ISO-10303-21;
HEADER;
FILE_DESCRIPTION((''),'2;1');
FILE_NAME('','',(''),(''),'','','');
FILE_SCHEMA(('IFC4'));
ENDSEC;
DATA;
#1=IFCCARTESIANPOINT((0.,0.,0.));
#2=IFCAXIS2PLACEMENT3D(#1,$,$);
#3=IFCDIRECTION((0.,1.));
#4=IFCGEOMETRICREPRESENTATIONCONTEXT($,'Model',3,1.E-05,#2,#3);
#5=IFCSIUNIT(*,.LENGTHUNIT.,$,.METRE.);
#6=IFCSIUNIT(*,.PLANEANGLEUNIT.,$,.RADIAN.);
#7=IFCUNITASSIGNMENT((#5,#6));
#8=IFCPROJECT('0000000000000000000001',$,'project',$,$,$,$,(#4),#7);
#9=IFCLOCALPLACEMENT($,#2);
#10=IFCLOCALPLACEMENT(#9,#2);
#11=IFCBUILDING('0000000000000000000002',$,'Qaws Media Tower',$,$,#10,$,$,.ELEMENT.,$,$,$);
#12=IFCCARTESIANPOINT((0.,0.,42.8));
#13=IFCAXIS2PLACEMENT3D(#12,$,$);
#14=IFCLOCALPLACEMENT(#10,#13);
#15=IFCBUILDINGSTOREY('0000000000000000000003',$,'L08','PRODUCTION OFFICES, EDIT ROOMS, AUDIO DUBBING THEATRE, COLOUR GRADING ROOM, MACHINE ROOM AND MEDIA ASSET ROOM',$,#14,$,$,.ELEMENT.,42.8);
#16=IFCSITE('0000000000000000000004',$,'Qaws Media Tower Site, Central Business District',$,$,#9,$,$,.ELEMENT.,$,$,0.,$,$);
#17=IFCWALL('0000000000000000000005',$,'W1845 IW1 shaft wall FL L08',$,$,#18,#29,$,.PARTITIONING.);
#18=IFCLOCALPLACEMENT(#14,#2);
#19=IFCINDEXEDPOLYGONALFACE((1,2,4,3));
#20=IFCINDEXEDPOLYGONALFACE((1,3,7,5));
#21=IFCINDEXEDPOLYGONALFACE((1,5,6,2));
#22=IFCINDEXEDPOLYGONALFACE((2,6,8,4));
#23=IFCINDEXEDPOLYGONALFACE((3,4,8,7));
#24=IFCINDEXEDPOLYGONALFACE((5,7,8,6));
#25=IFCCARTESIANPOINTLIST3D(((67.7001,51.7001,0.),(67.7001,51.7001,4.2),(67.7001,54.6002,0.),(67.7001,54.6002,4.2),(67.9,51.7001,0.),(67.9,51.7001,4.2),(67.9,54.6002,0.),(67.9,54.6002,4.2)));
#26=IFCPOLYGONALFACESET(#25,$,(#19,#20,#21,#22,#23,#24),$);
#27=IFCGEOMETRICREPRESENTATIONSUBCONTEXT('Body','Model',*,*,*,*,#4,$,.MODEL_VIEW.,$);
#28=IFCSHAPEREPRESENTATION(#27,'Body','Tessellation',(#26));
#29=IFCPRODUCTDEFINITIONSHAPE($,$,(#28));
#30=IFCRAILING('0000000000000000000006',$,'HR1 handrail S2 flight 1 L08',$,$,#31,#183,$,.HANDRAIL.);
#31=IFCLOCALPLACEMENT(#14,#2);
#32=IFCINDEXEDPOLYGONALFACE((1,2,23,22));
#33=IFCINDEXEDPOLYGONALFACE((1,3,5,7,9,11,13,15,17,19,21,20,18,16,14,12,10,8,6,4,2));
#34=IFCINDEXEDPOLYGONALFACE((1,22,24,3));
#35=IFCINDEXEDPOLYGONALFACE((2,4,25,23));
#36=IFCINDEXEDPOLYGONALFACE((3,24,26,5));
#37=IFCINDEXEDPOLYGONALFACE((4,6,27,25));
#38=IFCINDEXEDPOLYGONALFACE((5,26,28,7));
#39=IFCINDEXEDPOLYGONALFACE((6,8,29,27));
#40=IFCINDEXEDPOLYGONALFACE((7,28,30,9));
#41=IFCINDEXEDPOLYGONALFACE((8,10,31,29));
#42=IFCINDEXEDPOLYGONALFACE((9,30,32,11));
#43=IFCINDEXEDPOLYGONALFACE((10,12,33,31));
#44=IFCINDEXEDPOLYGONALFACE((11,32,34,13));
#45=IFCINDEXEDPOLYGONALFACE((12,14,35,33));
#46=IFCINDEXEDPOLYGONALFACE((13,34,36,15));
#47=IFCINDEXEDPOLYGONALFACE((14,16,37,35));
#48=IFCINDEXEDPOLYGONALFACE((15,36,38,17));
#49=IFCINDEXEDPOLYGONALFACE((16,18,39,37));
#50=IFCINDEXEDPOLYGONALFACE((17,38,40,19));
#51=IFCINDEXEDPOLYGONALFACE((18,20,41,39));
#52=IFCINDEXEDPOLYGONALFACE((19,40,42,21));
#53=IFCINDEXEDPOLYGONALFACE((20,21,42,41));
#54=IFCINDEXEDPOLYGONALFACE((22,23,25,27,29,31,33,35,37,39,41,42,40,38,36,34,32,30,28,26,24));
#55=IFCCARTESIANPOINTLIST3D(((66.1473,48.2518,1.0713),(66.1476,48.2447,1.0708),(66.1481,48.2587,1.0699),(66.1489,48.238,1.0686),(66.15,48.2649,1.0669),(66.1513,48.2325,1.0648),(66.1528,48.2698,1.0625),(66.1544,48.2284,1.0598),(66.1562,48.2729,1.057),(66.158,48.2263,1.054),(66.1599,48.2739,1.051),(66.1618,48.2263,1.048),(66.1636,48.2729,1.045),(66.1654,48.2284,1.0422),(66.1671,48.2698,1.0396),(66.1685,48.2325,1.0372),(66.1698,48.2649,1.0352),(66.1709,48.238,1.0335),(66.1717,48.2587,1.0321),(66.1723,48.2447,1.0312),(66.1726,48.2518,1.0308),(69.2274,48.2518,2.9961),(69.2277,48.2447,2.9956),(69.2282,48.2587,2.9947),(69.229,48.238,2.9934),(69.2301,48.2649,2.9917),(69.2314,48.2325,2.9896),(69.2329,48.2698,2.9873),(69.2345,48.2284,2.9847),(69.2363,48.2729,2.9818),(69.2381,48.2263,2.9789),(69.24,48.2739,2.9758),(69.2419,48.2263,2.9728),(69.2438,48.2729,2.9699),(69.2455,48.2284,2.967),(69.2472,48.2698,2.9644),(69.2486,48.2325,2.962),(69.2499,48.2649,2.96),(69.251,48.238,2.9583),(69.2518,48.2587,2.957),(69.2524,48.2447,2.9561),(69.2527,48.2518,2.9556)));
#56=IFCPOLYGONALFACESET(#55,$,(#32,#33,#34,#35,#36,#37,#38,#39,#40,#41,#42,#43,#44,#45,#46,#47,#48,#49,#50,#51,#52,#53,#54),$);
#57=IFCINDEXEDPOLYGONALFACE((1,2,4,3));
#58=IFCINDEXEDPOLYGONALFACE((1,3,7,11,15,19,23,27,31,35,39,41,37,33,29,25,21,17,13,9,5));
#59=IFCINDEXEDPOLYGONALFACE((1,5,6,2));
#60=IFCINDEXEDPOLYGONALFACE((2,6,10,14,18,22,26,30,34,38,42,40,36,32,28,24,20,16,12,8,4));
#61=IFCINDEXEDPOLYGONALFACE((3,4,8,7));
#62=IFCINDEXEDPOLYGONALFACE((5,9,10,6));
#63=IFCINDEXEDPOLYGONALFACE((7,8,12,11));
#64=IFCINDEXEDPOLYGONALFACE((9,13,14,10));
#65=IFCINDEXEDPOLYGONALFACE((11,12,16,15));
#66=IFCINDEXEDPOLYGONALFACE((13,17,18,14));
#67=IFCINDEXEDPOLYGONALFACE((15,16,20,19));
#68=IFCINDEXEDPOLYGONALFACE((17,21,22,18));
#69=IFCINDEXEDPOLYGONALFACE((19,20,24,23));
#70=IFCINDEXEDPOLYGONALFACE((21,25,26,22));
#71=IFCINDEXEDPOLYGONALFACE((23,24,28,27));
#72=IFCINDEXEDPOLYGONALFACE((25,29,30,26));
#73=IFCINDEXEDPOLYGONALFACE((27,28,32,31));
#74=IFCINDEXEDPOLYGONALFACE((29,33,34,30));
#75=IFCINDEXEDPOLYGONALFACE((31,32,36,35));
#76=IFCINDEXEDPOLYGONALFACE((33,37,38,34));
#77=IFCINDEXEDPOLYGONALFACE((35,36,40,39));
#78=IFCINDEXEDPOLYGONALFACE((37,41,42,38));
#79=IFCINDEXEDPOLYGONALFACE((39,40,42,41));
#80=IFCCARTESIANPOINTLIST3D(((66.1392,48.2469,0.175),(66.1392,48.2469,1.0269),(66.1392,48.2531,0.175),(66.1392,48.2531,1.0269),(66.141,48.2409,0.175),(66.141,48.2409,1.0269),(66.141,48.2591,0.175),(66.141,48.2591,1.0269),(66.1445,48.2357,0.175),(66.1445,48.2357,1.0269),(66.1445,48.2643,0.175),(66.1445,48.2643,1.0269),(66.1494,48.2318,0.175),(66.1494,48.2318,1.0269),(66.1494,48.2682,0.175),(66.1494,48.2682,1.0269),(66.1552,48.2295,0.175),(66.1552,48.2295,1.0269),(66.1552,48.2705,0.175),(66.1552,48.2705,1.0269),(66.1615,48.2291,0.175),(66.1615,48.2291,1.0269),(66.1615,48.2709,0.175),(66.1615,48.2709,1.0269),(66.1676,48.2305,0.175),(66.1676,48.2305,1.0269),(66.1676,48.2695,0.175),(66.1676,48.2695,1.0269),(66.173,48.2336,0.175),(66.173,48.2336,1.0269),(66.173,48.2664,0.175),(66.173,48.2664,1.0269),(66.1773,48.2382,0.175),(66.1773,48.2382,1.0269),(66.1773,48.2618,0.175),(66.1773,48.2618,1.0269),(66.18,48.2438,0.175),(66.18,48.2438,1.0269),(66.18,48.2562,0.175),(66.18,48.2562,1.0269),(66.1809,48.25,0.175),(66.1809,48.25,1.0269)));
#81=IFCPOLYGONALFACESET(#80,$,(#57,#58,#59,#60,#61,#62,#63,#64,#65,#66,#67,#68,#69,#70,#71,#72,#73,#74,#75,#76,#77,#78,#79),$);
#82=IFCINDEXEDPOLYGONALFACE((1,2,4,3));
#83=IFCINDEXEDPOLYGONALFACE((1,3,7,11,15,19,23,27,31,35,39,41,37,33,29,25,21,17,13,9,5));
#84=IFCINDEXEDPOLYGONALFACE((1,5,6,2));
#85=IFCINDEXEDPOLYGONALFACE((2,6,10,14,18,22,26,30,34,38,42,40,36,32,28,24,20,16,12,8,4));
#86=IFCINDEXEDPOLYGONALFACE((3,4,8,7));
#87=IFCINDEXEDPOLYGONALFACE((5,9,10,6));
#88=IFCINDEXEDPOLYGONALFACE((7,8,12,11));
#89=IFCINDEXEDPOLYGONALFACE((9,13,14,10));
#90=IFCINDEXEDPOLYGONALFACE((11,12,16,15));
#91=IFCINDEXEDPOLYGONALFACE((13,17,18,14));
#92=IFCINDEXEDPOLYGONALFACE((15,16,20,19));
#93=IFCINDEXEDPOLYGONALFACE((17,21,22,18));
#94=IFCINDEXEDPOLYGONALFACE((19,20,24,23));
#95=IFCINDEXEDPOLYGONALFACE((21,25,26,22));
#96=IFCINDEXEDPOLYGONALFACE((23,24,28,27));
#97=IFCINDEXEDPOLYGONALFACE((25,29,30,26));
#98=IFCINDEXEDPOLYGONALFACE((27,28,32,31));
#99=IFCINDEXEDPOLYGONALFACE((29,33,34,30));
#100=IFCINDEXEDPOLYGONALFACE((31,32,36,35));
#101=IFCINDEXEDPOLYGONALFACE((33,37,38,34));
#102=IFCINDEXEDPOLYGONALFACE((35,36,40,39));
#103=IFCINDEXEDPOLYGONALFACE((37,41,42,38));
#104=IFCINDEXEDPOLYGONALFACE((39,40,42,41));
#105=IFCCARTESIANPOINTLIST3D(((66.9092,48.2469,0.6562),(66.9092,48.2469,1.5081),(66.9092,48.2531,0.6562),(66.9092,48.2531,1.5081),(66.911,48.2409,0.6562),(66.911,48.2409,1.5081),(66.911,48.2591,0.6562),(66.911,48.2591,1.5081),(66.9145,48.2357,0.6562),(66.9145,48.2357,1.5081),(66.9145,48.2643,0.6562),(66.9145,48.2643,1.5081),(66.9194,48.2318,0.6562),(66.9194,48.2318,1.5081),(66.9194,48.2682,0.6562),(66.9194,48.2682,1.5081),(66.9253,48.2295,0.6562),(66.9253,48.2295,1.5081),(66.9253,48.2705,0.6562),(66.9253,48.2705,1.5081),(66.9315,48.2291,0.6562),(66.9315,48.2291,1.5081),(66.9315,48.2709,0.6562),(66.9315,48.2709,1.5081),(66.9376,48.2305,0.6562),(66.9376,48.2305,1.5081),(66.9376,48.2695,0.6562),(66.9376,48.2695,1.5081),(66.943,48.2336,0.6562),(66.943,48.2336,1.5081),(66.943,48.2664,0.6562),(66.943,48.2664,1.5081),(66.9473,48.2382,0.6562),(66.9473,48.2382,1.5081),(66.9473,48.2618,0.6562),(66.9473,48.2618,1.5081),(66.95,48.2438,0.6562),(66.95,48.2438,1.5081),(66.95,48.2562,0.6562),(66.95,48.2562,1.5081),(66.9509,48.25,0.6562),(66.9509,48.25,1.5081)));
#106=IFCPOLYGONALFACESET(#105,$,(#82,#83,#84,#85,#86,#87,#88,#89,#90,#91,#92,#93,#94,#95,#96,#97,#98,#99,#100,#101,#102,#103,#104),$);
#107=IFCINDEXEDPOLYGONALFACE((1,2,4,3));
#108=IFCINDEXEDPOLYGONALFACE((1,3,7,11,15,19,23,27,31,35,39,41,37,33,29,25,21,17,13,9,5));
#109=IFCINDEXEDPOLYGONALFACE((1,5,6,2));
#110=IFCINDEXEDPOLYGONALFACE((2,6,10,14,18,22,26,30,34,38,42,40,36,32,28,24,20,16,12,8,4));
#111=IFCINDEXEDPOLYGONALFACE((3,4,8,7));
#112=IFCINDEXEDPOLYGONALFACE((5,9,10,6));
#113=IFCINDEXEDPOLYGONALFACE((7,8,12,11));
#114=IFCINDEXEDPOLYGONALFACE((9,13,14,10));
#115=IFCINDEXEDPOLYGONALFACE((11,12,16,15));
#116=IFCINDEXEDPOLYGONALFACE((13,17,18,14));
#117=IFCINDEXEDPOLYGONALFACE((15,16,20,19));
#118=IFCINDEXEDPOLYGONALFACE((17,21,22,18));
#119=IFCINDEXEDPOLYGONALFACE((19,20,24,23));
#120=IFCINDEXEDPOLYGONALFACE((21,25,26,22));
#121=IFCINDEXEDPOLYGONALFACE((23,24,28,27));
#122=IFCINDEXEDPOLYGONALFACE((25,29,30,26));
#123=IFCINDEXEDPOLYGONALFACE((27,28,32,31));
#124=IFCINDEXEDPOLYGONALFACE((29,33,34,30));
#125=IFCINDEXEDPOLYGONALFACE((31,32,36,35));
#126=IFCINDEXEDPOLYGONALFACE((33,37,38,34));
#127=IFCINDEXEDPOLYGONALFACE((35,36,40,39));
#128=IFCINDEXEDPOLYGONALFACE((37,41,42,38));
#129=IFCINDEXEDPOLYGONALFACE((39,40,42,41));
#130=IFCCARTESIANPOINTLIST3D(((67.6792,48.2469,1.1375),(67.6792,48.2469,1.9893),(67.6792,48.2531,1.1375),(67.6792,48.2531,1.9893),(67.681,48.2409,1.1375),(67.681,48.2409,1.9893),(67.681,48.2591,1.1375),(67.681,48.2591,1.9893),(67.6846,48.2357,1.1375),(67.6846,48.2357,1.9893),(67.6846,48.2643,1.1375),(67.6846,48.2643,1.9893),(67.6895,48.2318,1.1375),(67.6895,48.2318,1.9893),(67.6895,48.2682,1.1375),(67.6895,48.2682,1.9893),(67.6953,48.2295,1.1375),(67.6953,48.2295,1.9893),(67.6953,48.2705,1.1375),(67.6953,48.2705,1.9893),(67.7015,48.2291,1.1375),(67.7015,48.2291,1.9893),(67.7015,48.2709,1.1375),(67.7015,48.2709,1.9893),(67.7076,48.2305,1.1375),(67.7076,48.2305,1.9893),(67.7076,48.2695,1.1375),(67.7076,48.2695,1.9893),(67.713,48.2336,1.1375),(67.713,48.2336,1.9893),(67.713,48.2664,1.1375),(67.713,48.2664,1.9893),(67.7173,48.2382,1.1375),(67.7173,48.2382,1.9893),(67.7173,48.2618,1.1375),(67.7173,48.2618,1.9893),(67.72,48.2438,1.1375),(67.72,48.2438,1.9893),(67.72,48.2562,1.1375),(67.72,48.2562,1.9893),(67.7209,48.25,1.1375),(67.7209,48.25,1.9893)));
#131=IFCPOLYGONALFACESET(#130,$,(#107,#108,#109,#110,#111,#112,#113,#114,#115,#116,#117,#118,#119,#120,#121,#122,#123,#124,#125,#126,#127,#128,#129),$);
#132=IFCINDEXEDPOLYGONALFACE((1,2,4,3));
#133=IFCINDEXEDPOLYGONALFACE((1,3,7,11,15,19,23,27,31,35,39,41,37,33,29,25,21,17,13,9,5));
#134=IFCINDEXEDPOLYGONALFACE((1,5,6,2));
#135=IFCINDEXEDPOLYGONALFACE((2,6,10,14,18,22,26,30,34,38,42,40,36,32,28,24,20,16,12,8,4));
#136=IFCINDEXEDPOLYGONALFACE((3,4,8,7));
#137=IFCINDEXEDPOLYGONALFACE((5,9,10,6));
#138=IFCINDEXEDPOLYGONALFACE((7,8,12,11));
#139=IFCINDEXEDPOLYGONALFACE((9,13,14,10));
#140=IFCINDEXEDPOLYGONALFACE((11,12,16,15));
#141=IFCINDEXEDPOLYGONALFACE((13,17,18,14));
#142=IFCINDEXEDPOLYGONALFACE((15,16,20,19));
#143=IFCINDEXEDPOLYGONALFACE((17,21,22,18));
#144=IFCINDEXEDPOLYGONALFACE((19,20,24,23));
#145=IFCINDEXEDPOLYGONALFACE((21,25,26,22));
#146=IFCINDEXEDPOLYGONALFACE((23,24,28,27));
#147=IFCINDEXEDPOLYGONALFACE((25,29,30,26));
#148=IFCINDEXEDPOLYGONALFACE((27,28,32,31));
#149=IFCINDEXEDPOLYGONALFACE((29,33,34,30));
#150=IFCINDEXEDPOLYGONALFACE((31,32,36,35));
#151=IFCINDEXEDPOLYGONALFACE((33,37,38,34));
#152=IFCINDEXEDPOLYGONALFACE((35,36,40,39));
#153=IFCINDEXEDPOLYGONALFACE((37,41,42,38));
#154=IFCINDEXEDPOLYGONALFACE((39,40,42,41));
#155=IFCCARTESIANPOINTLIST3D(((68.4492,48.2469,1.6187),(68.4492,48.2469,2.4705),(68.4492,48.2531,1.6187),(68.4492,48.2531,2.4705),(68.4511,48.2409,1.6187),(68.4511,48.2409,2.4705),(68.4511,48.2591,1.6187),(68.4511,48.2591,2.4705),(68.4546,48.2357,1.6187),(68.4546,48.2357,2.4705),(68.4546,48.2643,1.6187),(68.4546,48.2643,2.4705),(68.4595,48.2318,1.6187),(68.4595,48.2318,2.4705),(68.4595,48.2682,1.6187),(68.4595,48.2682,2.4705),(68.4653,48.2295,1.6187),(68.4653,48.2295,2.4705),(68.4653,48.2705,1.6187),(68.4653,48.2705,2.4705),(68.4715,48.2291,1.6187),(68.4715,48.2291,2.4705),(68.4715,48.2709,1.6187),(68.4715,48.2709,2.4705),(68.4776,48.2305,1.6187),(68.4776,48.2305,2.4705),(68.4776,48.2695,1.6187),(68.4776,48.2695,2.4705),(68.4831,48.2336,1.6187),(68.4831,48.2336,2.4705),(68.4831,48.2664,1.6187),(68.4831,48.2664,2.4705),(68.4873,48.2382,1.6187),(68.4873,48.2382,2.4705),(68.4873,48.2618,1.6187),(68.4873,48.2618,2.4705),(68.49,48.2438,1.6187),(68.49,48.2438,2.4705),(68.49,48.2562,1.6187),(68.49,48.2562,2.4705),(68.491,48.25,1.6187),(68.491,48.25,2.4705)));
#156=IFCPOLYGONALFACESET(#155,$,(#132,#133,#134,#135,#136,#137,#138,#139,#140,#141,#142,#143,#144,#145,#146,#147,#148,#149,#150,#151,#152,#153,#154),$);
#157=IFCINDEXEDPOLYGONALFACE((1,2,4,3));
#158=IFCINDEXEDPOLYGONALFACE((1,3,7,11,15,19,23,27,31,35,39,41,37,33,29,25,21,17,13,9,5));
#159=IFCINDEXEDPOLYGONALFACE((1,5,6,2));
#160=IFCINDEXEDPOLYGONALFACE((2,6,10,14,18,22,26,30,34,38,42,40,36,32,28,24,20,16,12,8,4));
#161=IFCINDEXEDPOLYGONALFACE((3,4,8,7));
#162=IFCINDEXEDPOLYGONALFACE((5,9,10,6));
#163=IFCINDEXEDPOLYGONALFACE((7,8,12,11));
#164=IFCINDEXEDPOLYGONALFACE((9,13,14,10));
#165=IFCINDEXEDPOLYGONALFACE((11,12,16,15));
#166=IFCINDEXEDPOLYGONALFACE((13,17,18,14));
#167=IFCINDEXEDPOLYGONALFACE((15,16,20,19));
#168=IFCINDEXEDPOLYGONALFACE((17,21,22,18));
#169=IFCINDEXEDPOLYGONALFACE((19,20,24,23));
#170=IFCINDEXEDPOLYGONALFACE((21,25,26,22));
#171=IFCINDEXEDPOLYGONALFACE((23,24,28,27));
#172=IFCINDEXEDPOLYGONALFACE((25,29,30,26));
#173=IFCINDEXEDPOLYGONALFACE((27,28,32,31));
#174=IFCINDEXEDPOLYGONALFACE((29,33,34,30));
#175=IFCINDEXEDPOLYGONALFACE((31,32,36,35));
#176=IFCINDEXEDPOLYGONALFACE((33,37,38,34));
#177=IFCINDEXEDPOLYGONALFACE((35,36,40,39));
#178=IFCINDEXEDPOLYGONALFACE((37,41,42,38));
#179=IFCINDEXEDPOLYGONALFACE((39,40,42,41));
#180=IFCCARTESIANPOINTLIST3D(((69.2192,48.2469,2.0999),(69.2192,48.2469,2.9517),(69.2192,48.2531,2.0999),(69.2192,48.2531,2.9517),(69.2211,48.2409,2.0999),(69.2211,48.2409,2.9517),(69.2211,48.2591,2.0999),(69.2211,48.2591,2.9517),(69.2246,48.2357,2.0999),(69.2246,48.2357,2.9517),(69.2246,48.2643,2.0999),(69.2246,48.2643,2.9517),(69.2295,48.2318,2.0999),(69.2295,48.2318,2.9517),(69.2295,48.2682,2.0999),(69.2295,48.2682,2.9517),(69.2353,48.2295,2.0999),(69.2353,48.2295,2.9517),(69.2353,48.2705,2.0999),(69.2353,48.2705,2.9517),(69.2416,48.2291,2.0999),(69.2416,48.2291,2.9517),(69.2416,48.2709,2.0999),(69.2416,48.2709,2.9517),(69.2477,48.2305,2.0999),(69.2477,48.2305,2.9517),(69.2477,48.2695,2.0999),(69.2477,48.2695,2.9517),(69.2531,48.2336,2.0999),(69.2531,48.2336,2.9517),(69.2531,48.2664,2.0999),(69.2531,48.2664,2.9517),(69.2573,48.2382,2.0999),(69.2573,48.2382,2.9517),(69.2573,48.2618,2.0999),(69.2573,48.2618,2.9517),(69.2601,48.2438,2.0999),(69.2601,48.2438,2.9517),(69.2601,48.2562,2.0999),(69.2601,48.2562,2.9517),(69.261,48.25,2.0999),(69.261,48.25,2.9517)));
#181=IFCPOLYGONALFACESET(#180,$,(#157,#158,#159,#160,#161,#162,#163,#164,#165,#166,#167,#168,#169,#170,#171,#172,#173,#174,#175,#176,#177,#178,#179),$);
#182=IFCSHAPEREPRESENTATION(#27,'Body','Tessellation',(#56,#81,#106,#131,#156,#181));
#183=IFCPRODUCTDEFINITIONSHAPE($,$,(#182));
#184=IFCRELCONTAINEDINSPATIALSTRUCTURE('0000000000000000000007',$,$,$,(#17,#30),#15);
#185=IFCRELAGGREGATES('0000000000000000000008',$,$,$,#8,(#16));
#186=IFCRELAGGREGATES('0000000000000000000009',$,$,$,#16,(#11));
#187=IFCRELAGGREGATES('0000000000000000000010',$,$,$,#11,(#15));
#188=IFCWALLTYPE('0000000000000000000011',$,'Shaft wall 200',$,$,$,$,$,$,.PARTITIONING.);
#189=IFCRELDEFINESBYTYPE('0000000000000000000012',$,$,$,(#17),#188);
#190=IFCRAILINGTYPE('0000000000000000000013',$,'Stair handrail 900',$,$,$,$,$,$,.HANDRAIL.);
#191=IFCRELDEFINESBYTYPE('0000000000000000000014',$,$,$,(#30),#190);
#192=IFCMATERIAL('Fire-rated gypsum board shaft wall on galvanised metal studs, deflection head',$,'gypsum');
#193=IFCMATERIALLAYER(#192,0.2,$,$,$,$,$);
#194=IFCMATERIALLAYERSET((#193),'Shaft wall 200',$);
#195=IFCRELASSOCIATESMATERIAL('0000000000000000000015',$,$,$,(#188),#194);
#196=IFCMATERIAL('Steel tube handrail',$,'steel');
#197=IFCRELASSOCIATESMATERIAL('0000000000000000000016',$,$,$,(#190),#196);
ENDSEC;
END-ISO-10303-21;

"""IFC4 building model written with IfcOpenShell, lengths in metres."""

from ifc_helpers import new_model, si_unit, direction, frame, frame_2d, origin, origin_2d, place, context, subcontext, project, spatial, rectangle, circle, extrude, material, layer, layer_set, type_object, element, save


model = new_model("IFC4")

# Units and contexts
model_context = context("Model", 3, precision=1e-05, world=origin(), true_north=direction((0.0, 1.0)))
body_context = subcontext(model_context, "Body", "Model", "MODEL_VIEW")
ifc_project = project(units=[si_unit("LENGTHUNIT", "METRE"), si_unit("PLANEANGLEUNIT", "RADIAN")], contexts=[model_context])

# Site, building, storey
site_placement = place(None, origin())
site = spatial("IfcSite", under=ifc_project, at=site_placement, Name="Qaws Media Tower Site, Central Business District", CompositionType="ELEMENT", RefElevation=0.0)
building_placement = place(site_placement, origin())
building = spatial("IfcBuilding", under=site, at=building_placement, Name="Qaws Media Tower", CompositionType="ELEMENT")
storey_placement = place(building_placement, frame((0.0, 0.0, 42.8)))
storey = spatial("IfcBuildingStorey", under=building, at=storey_placement, Name="L08", Description="PRODUCTION OFFICES, EDIT ROOMS, AUDIO DUBBING THEATRE, COLOUR GRADING ROOM, MACHINE ROOM AND MEDIA ASSET ROOM", CompositionType="ELEMENT", Elevation=42.8)

# Wall
ifc_material_1 = material(Name="Fire-rated gypsum board shaft wall on galvanised metal studs, deflection head", Category="gypsum")
ifc_layer_1 = layer(ifc_material_1, 0.2)
ifc_layer_set_1 = layer_set([ifc_layer_1], Name="Shaft wall 200")
wall_type_1 = type_object("IfcWallType", Name="Shaft wall 200", PredefinedType="PARTITIONING", material=ifc_layer_set_1)
wall_1_placement = place(storey_placement, frame((67.8, 51.7, 0.0), z_axis=(0.0, 0.0, 1.0), x_axis=(0.0, 1.0, 0.0)))
element("IfcWall", 1, at=wall_1_placement, inside=storey, type_object=wall_type_1, Name="W1845 IW1 shaft wall FL L08", PredefinedType="PARTITIONING", context=body_context, shape_type="SweptSolid", body=[
    extrude(rectangle(XDim=2.9001, YDim=0.2, at=frame_2d((1.4502, 0.0))), origin(), (0.0, 0.0, 1.0), 4.2),
])

# Railing
ifc_material_2 = material(Name="Steel tube handrail", Category="steel")
railing_type = type_object("IfcRailingType", Name="Stair handrail 900", PredefinedType="HANDRAIL", material=ifc_material_2)
railing_placement = place(storey_placement, frame((66.1599, 48.25, 0.175)))
element("IfcRailing", 2, at=railing_placement, inside=storey, type_object=railing_type, Name="HR1 handrail S2 flight 1 L08", PredefinedType="HANDRAIL", context=body_context, shape_type="SweptSolid", body=[
    extrude(circle(Radius=0.0239, at=origin_2d()), frame((0.0, 0.0, 0.876), z_axis=(0.848029, 0.0, 0.529951), x_axis=(0.0, 1.0, 0.0)), (0.0, 0.0, 1.0), 3.6321),
    extrude(circle(Radius=0.021, at=origin_2d()), origin(), (0.0, 0.0, 1.0), 0.8518),
    extrude(circle(Radius=0.021, at=origin_2d()), frame((0.77, 0.0, 0.4812)), (0.0, 0.0, 1.0), 0.8518),
    extrude(circle(Radius=0.021, at=origin_2d()), frame((1.54, 0.0, 0.9624)), (0.0, 0.0, 1.0), 0.8518),
    extrude(circle(Radius=0.021, at=origin_2d()), frame((2.3101, 0.0, 1.4436)), (0.0, 0.0, 1.0), 0.8518),
    extrude(circle(Radius=0.021, at=origin_2d()), frame((3.0801, 0.0, 1.9248)), (0.0, 0.0, 1.0), 0.8518),
])

save(model, "model.ifc")
